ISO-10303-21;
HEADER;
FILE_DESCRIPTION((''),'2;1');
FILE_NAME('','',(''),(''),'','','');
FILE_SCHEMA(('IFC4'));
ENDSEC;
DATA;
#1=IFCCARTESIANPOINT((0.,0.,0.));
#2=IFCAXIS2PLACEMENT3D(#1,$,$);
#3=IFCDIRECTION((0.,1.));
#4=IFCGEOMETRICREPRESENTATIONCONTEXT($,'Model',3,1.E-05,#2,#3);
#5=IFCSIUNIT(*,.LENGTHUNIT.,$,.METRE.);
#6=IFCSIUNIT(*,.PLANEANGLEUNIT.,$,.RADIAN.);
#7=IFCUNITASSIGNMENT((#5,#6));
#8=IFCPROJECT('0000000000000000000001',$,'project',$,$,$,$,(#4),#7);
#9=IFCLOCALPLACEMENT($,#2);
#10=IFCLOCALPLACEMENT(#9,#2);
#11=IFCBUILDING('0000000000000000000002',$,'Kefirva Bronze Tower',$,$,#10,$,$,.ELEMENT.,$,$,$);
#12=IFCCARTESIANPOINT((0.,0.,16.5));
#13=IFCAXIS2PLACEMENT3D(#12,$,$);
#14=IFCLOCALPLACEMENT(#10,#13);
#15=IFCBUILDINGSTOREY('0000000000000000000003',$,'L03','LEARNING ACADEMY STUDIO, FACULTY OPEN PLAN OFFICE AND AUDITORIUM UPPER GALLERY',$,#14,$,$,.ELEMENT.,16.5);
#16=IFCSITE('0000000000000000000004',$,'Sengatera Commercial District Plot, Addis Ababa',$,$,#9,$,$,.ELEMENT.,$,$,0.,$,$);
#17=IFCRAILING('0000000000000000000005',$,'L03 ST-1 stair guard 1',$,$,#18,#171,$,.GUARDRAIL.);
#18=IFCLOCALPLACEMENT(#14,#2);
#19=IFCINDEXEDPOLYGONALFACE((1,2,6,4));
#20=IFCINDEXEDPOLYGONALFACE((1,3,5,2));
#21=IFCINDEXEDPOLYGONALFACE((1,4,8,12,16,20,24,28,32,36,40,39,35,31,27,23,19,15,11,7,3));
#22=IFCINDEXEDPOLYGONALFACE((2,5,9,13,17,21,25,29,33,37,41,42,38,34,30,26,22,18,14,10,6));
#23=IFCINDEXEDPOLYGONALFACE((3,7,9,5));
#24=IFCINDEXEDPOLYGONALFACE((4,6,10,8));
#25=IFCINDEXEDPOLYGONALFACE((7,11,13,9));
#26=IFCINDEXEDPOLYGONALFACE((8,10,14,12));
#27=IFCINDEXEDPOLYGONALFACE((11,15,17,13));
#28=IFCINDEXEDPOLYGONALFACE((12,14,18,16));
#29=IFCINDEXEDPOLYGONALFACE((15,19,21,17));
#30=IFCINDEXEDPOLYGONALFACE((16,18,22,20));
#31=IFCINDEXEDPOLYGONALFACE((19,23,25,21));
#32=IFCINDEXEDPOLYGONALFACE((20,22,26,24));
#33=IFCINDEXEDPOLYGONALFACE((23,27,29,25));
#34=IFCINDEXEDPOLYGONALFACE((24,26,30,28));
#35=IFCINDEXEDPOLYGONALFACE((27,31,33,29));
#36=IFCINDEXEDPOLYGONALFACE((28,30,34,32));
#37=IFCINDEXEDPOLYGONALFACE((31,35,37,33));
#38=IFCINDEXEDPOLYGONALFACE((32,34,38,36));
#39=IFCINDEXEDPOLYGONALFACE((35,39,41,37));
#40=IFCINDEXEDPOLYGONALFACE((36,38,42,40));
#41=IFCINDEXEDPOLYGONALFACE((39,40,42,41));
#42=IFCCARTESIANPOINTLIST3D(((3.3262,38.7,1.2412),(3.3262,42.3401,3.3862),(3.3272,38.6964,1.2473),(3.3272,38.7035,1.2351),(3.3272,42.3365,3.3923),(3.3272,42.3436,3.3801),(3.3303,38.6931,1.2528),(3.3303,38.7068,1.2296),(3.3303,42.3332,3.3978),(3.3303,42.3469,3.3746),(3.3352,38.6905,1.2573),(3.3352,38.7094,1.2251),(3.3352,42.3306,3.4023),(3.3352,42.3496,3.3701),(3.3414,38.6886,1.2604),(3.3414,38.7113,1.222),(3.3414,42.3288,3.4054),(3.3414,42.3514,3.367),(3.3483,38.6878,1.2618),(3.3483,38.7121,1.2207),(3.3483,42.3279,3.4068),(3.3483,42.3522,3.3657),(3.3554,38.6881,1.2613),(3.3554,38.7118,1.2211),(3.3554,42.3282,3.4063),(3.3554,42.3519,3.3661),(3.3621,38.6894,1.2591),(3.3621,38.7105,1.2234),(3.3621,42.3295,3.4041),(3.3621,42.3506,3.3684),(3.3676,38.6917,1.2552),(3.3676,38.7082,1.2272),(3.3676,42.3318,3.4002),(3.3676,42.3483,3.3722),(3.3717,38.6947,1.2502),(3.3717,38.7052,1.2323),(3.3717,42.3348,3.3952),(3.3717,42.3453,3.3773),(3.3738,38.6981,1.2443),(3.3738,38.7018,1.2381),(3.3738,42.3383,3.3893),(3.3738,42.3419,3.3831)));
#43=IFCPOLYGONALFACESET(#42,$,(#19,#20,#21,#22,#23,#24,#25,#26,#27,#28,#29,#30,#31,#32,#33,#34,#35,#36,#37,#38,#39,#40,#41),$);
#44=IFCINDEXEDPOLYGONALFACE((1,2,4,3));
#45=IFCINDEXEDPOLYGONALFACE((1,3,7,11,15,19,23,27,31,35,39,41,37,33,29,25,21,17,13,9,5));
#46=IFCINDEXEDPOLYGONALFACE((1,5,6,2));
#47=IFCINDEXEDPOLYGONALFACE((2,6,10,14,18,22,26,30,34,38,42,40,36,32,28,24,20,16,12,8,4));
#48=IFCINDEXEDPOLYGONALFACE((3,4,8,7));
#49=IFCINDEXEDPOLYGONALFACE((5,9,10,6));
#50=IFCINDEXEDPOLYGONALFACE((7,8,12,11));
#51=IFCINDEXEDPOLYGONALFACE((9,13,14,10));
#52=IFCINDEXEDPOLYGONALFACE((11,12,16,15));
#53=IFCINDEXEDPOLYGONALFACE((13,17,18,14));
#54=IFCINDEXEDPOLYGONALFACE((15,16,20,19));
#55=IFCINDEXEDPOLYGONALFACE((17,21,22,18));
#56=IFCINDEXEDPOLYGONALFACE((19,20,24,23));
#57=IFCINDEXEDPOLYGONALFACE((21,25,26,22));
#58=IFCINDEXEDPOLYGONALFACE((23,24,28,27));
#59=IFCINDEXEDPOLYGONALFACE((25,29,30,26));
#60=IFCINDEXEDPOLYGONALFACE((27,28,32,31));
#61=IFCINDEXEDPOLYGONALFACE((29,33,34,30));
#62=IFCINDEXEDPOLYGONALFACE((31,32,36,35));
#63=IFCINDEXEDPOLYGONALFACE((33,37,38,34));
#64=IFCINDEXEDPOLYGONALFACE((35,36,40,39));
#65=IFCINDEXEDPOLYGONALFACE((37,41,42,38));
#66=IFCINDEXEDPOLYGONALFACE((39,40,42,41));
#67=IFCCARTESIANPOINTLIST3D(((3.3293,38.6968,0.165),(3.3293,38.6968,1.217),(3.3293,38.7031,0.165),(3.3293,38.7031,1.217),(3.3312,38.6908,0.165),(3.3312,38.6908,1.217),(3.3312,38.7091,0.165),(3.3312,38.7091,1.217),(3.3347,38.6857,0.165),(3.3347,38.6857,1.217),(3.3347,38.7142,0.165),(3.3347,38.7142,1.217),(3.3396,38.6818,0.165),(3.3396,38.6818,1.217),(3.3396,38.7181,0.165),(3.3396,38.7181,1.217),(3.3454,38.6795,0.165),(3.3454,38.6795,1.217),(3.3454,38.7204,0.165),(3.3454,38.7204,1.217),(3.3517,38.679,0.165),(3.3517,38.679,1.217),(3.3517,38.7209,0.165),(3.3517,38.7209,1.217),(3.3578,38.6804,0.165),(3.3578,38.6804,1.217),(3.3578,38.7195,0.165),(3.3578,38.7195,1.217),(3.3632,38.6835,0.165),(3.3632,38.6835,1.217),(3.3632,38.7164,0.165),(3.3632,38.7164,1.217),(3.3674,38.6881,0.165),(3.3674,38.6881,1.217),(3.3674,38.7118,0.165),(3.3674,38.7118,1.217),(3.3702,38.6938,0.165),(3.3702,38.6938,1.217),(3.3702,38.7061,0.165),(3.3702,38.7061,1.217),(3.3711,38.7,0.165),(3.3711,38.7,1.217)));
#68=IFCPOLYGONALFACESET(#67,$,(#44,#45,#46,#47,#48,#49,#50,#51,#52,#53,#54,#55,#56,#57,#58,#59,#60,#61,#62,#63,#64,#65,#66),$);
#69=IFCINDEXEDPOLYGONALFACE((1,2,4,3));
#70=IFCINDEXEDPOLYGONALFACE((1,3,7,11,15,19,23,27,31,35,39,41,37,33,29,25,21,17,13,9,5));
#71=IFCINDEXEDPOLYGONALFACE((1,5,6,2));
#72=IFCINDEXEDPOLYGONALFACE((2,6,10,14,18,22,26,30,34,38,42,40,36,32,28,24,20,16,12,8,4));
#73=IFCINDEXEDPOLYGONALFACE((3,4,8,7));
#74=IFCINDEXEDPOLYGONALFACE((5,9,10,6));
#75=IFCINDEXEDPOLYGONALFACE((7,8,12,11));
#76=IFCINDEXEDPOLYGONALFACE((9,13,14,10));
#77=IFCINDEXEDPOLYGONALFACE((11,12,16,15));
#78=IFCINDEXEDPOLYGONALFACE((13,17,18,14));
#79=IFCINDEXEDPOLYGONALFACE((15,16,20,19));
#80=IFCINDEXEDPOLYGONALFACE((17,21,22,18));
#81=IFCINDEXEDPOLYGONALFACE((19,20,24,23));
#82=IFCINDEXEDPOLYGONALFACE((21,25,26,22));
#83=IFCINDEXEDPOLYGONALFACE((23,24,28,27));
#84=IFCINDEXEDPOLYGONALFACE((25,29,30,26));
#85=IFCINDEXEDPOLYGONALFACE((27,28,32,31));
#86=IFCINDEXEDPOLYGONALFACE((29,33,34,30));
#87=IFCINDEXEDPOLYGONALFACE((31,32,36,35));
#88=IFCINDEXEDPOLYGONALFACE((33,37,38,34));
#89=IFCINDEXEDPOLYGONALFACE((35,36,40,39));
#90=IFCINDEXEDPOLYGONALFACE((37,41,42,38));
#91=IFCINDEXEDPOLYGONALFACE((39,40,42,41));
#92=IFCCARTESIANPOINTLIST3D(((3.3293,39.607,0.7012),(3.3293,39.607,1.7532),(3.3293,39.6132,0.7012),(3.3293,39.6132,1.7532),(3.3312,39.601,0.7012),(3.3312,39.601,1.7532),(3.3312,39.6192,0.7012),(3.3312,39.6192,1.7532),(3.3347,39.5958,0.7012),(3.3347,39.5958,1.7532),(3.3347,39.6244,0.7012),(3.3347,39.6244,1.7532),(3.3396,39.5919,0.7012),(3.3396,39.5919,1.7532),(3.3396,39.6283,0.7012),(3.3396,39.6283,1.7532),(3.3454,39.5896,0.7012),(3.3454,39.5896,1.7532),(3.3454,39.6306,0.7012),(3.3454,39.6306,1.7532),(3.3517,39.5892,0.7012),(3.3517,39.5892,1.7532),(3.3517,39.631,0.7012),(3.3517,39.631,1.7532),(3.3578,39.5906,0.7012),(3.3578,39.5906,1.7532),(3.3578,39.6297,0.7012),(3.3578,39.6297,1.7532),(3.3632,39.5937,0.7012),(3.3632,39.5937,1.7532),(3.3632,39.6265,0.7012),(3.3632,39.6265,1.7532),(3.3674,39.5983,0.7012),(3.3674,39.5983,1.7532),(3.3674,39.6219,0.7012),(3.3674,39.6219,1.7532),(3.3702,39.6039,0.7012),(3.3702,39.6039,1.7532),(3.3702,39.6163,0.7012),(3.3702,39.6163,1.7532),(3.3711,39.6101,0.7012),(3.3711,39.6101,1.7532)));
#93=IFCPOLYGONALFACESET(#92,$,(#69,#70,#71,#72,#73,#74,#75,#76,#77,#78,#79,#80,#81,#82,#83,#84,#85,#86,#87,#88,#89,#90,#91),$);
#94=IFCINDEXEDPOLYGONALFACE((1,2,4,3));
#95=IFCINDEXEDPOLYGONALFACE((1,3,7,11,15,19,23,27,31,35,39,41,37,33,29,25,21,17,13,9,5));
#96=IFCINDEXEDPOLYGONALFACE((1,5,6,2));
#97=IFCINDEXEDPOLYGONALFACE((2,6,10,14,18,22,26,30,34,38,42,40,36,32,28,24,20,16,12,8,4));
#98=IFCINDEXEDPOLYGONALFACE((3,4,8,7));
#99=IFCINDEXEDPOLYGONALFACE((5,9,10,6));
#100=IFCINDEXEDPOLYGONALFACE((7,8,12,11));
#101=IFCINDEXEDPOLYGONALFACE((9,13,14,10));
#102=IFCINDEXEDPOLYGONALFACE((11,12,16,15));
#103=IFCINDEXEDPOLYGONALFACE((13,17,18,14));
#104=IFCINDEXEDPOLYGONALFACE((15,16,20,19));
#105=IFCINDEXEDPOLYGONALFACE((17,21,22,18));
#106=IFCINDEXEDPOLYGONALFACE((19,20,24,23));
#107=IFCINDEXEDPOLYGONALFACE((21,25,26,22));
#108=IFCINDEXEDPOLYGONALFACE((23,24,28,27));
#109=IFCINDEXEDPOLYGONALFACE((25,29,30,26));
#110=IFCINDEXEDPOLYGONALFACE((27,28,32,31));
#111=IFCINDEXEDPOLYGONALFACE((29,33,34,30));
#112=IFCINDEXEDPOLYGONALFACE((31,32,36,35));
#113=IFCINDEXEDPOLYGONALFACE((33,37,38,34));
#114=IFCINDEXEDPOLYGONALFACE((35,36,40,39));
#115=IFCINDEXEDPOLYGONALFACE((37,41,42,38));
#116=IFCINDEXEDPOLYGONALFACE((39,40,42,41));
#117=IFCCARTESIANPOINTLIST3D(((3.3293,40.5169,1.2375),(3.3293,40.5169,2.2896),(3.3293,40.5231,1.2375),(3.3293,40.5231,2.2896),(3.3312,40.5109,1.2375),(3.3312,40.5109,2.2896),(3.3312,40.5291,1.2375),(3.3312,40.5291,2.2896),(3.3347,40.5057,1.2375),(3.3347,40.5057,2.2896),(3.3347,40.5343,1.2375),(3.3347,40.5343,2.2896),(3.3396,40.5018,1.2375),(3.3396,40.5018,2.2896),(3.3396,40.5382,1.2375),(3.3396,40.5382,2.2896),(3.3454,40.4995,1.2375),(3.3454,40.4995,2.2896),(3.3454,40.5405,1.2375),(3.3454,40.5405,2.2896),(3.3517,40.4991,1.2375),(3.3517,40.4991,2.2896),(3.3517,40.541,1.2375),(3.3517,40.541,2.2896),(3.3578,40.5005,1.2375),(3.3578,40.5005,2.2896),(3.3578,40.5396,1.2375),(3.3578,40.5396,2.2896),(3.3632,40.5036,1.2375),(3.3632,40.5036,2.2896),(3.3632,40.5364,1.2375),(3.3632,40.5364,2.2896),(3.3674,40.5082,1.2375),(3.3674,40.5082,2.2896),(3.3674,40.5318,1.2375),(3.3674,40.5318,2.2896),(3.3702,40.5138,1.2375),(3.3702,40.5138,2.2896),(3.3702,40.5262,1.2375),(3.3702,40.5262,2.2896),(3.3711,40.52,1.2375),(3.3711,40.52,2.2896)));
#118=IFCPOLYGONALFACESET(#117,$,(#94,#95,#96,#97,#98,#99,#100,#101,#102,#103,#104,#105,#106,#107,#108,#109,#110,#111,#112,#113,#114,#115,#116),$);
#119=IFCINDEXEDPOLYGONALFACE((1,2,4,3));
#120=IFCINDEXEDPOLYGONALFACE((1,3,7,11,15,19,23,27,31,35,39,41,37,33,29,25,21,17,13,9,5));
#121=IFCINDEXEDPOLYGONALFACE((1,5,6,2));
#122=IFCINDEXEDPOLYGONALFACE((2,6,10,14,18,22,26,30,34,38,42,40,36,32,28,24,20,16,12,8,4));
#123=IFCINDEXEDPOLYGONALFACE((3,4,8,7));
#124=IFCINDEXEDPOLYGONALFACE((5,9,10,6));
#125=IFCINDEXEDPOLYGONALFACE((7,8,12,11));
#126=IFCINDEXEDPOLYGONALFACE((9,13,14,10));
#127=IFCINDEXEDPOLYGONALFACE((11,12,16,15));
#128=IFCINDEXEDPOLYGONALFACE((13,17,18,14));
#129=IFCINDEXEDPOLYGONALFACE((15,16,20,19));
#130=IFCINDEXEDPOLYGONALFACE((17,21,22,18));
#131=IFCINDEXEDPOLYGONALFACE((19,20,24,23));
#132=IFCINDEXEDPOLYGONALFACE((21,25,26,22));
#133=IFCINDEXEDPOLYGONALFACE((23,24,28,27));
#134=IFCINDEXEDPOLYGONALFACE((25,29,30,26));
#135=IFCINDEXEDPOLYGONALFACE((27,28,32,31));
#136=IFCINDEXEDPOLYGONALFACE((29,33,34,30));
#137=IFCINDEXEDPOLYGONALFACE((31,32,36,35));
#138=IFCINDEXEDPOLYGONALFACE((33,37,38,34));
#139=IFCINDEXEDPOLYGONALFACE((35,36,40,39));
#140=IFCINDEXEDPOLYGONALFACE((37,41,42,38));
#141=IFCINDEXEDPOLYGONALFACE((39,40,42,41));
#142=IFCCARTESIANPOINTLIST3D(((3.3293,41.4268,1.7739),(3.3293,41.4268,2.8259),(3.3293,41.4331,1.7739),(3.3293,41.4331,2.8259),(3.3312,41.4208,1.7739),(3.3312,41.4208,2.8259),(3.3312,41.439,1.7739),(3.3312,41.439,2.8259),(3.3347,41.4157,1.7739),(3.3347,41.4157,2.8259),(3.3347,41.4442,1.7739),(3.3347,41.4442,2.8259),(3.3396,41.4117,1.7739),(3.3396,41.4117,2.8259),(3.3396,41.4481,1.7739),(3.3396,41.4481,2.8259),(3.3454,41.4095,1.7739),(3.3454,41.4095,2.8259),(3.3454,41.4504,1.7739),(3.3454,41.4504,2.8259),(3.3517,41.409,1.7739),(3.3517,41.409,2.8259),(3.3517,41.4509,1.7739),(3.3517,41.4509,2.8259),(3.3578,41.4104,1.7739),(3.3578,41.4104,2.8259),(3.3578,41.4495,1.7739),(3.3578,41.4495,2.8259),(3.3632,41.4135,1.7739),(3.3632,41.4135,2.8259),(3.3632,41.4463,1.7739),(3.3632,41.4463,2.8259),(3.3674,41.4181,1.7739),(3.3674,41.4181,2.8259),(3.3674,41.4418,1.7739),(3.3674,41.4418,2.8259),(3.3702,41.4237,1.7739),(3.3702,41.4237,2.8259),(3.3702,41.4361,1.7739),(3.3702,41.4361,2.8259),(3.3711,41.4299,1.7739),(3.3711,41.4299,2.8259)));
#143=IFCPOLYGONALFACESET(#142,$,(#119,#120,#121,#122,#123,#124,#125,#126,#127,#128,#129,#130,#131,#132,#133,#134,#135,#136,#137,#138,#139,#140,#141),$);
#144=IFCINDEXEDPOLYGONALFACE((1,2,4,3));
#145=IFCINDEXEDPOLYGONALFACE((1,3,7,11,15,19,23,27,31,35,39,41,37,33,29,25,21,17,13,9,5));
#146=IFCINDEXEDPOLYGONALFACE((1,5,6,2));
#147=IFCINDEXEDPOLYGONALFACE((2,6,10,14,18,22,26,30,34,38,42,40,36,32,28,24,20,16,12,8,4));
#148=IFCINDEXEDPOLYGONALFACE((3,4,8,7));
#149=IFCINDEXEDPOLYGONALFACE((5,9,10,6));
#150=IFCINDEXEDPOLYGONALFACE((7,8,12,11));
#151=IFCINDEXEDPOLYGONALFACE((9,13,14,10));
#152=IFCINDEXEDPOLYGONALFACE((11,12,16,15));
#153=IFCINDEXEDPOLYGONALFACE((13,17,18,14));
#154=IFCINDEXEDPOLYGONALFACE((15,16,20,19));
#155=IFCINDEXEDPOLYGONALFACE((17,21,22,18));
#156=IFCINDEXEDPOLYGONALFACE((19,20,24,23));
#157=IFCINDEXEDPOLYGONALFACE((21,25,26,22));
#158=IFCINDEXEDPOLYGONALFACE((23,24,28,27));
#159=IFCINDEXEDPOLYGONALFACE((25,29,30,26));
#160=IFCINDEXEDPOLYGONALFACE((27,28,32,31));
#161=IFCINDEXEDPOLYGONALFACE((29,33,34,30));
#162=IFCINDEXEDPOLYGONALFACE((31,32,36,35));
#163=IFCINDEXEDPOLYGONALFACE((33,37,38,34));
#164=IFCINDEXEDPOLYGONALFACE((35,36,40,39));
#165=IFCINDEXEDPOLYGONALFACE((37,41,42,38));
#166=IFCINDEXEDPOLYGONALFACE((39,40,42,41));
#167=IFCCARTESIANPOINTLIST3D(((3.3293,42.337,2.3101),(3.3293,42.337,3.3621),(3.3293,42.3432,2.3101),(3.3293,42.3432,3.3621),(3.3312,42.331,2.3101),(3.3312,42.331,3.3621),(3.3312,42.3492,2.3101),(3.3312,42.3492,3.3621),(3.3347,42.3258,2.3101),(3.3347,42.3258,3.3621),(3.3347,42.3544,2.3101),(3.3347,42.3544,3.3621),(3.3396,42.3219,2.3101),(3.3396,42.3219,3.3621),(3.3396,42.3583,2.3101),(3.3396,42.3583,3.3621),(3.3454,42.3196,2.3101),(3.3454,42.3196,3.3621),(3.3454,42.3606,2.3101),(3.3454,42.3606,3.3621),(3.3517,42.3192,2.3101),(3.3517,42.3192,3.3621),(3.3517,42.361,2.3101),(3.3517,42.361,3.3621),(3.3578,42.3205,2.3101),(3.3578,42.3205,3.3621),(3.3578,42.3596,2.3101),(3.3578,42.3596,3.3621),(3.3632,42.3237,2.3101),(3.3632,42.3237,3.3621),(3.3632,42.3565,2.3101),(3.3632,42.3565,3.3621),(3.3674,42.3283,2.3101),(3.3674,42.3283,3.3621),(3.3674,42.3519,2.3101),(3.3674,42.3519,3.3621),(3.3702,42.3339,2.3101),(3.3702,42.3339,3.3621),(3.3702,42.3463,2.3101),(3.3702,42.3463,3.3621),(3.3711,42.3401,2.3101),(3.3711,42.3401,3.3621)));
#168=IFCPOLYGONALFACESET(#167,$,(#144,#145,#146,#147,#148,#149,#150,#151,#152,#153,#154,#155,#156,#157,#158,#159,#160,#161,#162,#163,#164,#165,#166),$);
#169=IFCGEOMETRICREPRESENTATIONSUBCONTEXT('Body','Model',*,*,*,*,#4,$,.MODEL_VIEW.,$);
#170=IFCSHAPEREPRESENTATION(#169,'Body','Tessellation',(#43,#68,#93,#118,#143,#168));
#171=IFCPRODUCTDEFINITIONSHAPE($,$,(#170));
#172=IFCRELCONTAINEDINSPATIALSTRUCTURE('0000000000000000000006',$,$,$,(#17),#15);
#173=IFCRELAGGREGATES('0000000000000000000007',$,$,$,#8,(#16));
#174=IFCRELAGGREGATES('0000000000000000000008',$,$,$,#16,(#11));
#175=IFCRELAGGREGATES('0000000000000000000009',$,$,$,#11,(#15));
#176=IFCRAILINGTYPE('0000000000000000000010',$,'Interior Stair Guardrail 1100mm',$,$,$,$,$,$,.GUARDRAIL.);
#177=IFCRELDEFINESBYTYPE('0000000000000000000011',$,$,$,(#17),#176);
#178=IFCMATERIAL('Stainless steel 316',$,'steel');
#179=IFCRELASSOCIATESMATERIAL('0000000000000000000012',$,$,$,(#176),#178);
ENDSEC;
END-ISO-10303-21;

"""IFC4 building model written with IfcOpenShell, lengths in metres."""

from ifc_helpers import new_model, si_unit, direction, frame, origin, origin_2d, place, context, subcontext, project, spatial, circle, extrude, material, type_object, element, save


model = new_model("IFC4")

# Units and contexts
model_context = context("Model", 3, precision=1e-05, world=origin(), true_north=direction((0.0, 1.0)))
body_context = subcontext(model_context, "Body", "Model", "MODEL_VIEW")
ifc_project = project(units=[si_unit("LENGTHUNIT", "METRE"), si_unit("PLANEANGLEUNIT", "RADIAN")], contexts=[model_context])

# Site, building, storey
site_placement = place(None, origin())
site = spatial("IfcSite", under=ifc_project, at=site_placement, Name="Sengatera Commercial District Plot, Addis Ababa", CompositionType="ELEMENT", RefElevation=0.0)
building_placement = place(site_placement, origin())
building = spatial("IfcBuilding", under=site, at=building_placement, Name="Kefirva Bronze Tower", CompositionType="ELEMENT")
storey_placement = place(building_placement, frame((0.0, 0.0, 16.5)))
storey = spatial("IfcBuildingStorey", under=building, at=storey_placement, Name="L03", Description="LEARNING ACADEMY STUDIO, FACULTY OPEN PLAN OFFICE AND AUDITORIUM UPPER GALLERY", CompositionType="ELEMENT", Elevation=16.5)

# Shared definitions
ifc_material_1 = material(Name="Stainless steel 316", Category="steel")

# Railing
railing_type_1 = type_object("IfcRailingType", Name="Interior Stair Guardrail 1100mm", PredefinedType="GUARDRAIL", material=ifc_material_1)
railing_1_placement = place(storey_placement, frame((3.3501, 38.7, 0.165)))
element("IfcRailing", 1, at=railing_1_placement, inside=storey, type_object=railing_type_1, Name="L03 ST-1 stair guard 1", PredefinedType="GUARDRAIL", context=body_context, shape_type="SweptSolid", body=[
    extrude(circle(Radius=0.0239, at=origin_2d()), frame((0.0, 0.0, 1.0762), z_axis=(0.0, 0.861545, 0.507682), x_axis=(-1.0, 0.0, 0.0)), (0.0, 0.0, 1.0), 4.2251),
    extrude(circle(Radius=0.021, at=origin_2d()), origin(), (0.0, 0.0, 1.0), 1.052),
    extrude(circle(Radius=0.021, at=origin_2d()), frame((0.0, 0.9102, 0.5361)), (0.0, 0.0, 1.0), 1.052),
    extrude(circle(Radius=0.021, at=origin_2d()), frame((0.0, 1.8201, 1.0725)), (0.0, 0.0, 1.0), 1.052),
    extrude(circle(Radius=0.021, at=origin_2d()), frame((0.0, 2.73, 1.6089)), (0.0, 0.0, 1.0), 1.052),
    extrude(circle(Radius=0.021, at=origin_2d()), frame((0.0, 3.6401, 2.145)), (0.0, 0.0, 1.0), 1.052),
])

save(model, "model.ifc")
